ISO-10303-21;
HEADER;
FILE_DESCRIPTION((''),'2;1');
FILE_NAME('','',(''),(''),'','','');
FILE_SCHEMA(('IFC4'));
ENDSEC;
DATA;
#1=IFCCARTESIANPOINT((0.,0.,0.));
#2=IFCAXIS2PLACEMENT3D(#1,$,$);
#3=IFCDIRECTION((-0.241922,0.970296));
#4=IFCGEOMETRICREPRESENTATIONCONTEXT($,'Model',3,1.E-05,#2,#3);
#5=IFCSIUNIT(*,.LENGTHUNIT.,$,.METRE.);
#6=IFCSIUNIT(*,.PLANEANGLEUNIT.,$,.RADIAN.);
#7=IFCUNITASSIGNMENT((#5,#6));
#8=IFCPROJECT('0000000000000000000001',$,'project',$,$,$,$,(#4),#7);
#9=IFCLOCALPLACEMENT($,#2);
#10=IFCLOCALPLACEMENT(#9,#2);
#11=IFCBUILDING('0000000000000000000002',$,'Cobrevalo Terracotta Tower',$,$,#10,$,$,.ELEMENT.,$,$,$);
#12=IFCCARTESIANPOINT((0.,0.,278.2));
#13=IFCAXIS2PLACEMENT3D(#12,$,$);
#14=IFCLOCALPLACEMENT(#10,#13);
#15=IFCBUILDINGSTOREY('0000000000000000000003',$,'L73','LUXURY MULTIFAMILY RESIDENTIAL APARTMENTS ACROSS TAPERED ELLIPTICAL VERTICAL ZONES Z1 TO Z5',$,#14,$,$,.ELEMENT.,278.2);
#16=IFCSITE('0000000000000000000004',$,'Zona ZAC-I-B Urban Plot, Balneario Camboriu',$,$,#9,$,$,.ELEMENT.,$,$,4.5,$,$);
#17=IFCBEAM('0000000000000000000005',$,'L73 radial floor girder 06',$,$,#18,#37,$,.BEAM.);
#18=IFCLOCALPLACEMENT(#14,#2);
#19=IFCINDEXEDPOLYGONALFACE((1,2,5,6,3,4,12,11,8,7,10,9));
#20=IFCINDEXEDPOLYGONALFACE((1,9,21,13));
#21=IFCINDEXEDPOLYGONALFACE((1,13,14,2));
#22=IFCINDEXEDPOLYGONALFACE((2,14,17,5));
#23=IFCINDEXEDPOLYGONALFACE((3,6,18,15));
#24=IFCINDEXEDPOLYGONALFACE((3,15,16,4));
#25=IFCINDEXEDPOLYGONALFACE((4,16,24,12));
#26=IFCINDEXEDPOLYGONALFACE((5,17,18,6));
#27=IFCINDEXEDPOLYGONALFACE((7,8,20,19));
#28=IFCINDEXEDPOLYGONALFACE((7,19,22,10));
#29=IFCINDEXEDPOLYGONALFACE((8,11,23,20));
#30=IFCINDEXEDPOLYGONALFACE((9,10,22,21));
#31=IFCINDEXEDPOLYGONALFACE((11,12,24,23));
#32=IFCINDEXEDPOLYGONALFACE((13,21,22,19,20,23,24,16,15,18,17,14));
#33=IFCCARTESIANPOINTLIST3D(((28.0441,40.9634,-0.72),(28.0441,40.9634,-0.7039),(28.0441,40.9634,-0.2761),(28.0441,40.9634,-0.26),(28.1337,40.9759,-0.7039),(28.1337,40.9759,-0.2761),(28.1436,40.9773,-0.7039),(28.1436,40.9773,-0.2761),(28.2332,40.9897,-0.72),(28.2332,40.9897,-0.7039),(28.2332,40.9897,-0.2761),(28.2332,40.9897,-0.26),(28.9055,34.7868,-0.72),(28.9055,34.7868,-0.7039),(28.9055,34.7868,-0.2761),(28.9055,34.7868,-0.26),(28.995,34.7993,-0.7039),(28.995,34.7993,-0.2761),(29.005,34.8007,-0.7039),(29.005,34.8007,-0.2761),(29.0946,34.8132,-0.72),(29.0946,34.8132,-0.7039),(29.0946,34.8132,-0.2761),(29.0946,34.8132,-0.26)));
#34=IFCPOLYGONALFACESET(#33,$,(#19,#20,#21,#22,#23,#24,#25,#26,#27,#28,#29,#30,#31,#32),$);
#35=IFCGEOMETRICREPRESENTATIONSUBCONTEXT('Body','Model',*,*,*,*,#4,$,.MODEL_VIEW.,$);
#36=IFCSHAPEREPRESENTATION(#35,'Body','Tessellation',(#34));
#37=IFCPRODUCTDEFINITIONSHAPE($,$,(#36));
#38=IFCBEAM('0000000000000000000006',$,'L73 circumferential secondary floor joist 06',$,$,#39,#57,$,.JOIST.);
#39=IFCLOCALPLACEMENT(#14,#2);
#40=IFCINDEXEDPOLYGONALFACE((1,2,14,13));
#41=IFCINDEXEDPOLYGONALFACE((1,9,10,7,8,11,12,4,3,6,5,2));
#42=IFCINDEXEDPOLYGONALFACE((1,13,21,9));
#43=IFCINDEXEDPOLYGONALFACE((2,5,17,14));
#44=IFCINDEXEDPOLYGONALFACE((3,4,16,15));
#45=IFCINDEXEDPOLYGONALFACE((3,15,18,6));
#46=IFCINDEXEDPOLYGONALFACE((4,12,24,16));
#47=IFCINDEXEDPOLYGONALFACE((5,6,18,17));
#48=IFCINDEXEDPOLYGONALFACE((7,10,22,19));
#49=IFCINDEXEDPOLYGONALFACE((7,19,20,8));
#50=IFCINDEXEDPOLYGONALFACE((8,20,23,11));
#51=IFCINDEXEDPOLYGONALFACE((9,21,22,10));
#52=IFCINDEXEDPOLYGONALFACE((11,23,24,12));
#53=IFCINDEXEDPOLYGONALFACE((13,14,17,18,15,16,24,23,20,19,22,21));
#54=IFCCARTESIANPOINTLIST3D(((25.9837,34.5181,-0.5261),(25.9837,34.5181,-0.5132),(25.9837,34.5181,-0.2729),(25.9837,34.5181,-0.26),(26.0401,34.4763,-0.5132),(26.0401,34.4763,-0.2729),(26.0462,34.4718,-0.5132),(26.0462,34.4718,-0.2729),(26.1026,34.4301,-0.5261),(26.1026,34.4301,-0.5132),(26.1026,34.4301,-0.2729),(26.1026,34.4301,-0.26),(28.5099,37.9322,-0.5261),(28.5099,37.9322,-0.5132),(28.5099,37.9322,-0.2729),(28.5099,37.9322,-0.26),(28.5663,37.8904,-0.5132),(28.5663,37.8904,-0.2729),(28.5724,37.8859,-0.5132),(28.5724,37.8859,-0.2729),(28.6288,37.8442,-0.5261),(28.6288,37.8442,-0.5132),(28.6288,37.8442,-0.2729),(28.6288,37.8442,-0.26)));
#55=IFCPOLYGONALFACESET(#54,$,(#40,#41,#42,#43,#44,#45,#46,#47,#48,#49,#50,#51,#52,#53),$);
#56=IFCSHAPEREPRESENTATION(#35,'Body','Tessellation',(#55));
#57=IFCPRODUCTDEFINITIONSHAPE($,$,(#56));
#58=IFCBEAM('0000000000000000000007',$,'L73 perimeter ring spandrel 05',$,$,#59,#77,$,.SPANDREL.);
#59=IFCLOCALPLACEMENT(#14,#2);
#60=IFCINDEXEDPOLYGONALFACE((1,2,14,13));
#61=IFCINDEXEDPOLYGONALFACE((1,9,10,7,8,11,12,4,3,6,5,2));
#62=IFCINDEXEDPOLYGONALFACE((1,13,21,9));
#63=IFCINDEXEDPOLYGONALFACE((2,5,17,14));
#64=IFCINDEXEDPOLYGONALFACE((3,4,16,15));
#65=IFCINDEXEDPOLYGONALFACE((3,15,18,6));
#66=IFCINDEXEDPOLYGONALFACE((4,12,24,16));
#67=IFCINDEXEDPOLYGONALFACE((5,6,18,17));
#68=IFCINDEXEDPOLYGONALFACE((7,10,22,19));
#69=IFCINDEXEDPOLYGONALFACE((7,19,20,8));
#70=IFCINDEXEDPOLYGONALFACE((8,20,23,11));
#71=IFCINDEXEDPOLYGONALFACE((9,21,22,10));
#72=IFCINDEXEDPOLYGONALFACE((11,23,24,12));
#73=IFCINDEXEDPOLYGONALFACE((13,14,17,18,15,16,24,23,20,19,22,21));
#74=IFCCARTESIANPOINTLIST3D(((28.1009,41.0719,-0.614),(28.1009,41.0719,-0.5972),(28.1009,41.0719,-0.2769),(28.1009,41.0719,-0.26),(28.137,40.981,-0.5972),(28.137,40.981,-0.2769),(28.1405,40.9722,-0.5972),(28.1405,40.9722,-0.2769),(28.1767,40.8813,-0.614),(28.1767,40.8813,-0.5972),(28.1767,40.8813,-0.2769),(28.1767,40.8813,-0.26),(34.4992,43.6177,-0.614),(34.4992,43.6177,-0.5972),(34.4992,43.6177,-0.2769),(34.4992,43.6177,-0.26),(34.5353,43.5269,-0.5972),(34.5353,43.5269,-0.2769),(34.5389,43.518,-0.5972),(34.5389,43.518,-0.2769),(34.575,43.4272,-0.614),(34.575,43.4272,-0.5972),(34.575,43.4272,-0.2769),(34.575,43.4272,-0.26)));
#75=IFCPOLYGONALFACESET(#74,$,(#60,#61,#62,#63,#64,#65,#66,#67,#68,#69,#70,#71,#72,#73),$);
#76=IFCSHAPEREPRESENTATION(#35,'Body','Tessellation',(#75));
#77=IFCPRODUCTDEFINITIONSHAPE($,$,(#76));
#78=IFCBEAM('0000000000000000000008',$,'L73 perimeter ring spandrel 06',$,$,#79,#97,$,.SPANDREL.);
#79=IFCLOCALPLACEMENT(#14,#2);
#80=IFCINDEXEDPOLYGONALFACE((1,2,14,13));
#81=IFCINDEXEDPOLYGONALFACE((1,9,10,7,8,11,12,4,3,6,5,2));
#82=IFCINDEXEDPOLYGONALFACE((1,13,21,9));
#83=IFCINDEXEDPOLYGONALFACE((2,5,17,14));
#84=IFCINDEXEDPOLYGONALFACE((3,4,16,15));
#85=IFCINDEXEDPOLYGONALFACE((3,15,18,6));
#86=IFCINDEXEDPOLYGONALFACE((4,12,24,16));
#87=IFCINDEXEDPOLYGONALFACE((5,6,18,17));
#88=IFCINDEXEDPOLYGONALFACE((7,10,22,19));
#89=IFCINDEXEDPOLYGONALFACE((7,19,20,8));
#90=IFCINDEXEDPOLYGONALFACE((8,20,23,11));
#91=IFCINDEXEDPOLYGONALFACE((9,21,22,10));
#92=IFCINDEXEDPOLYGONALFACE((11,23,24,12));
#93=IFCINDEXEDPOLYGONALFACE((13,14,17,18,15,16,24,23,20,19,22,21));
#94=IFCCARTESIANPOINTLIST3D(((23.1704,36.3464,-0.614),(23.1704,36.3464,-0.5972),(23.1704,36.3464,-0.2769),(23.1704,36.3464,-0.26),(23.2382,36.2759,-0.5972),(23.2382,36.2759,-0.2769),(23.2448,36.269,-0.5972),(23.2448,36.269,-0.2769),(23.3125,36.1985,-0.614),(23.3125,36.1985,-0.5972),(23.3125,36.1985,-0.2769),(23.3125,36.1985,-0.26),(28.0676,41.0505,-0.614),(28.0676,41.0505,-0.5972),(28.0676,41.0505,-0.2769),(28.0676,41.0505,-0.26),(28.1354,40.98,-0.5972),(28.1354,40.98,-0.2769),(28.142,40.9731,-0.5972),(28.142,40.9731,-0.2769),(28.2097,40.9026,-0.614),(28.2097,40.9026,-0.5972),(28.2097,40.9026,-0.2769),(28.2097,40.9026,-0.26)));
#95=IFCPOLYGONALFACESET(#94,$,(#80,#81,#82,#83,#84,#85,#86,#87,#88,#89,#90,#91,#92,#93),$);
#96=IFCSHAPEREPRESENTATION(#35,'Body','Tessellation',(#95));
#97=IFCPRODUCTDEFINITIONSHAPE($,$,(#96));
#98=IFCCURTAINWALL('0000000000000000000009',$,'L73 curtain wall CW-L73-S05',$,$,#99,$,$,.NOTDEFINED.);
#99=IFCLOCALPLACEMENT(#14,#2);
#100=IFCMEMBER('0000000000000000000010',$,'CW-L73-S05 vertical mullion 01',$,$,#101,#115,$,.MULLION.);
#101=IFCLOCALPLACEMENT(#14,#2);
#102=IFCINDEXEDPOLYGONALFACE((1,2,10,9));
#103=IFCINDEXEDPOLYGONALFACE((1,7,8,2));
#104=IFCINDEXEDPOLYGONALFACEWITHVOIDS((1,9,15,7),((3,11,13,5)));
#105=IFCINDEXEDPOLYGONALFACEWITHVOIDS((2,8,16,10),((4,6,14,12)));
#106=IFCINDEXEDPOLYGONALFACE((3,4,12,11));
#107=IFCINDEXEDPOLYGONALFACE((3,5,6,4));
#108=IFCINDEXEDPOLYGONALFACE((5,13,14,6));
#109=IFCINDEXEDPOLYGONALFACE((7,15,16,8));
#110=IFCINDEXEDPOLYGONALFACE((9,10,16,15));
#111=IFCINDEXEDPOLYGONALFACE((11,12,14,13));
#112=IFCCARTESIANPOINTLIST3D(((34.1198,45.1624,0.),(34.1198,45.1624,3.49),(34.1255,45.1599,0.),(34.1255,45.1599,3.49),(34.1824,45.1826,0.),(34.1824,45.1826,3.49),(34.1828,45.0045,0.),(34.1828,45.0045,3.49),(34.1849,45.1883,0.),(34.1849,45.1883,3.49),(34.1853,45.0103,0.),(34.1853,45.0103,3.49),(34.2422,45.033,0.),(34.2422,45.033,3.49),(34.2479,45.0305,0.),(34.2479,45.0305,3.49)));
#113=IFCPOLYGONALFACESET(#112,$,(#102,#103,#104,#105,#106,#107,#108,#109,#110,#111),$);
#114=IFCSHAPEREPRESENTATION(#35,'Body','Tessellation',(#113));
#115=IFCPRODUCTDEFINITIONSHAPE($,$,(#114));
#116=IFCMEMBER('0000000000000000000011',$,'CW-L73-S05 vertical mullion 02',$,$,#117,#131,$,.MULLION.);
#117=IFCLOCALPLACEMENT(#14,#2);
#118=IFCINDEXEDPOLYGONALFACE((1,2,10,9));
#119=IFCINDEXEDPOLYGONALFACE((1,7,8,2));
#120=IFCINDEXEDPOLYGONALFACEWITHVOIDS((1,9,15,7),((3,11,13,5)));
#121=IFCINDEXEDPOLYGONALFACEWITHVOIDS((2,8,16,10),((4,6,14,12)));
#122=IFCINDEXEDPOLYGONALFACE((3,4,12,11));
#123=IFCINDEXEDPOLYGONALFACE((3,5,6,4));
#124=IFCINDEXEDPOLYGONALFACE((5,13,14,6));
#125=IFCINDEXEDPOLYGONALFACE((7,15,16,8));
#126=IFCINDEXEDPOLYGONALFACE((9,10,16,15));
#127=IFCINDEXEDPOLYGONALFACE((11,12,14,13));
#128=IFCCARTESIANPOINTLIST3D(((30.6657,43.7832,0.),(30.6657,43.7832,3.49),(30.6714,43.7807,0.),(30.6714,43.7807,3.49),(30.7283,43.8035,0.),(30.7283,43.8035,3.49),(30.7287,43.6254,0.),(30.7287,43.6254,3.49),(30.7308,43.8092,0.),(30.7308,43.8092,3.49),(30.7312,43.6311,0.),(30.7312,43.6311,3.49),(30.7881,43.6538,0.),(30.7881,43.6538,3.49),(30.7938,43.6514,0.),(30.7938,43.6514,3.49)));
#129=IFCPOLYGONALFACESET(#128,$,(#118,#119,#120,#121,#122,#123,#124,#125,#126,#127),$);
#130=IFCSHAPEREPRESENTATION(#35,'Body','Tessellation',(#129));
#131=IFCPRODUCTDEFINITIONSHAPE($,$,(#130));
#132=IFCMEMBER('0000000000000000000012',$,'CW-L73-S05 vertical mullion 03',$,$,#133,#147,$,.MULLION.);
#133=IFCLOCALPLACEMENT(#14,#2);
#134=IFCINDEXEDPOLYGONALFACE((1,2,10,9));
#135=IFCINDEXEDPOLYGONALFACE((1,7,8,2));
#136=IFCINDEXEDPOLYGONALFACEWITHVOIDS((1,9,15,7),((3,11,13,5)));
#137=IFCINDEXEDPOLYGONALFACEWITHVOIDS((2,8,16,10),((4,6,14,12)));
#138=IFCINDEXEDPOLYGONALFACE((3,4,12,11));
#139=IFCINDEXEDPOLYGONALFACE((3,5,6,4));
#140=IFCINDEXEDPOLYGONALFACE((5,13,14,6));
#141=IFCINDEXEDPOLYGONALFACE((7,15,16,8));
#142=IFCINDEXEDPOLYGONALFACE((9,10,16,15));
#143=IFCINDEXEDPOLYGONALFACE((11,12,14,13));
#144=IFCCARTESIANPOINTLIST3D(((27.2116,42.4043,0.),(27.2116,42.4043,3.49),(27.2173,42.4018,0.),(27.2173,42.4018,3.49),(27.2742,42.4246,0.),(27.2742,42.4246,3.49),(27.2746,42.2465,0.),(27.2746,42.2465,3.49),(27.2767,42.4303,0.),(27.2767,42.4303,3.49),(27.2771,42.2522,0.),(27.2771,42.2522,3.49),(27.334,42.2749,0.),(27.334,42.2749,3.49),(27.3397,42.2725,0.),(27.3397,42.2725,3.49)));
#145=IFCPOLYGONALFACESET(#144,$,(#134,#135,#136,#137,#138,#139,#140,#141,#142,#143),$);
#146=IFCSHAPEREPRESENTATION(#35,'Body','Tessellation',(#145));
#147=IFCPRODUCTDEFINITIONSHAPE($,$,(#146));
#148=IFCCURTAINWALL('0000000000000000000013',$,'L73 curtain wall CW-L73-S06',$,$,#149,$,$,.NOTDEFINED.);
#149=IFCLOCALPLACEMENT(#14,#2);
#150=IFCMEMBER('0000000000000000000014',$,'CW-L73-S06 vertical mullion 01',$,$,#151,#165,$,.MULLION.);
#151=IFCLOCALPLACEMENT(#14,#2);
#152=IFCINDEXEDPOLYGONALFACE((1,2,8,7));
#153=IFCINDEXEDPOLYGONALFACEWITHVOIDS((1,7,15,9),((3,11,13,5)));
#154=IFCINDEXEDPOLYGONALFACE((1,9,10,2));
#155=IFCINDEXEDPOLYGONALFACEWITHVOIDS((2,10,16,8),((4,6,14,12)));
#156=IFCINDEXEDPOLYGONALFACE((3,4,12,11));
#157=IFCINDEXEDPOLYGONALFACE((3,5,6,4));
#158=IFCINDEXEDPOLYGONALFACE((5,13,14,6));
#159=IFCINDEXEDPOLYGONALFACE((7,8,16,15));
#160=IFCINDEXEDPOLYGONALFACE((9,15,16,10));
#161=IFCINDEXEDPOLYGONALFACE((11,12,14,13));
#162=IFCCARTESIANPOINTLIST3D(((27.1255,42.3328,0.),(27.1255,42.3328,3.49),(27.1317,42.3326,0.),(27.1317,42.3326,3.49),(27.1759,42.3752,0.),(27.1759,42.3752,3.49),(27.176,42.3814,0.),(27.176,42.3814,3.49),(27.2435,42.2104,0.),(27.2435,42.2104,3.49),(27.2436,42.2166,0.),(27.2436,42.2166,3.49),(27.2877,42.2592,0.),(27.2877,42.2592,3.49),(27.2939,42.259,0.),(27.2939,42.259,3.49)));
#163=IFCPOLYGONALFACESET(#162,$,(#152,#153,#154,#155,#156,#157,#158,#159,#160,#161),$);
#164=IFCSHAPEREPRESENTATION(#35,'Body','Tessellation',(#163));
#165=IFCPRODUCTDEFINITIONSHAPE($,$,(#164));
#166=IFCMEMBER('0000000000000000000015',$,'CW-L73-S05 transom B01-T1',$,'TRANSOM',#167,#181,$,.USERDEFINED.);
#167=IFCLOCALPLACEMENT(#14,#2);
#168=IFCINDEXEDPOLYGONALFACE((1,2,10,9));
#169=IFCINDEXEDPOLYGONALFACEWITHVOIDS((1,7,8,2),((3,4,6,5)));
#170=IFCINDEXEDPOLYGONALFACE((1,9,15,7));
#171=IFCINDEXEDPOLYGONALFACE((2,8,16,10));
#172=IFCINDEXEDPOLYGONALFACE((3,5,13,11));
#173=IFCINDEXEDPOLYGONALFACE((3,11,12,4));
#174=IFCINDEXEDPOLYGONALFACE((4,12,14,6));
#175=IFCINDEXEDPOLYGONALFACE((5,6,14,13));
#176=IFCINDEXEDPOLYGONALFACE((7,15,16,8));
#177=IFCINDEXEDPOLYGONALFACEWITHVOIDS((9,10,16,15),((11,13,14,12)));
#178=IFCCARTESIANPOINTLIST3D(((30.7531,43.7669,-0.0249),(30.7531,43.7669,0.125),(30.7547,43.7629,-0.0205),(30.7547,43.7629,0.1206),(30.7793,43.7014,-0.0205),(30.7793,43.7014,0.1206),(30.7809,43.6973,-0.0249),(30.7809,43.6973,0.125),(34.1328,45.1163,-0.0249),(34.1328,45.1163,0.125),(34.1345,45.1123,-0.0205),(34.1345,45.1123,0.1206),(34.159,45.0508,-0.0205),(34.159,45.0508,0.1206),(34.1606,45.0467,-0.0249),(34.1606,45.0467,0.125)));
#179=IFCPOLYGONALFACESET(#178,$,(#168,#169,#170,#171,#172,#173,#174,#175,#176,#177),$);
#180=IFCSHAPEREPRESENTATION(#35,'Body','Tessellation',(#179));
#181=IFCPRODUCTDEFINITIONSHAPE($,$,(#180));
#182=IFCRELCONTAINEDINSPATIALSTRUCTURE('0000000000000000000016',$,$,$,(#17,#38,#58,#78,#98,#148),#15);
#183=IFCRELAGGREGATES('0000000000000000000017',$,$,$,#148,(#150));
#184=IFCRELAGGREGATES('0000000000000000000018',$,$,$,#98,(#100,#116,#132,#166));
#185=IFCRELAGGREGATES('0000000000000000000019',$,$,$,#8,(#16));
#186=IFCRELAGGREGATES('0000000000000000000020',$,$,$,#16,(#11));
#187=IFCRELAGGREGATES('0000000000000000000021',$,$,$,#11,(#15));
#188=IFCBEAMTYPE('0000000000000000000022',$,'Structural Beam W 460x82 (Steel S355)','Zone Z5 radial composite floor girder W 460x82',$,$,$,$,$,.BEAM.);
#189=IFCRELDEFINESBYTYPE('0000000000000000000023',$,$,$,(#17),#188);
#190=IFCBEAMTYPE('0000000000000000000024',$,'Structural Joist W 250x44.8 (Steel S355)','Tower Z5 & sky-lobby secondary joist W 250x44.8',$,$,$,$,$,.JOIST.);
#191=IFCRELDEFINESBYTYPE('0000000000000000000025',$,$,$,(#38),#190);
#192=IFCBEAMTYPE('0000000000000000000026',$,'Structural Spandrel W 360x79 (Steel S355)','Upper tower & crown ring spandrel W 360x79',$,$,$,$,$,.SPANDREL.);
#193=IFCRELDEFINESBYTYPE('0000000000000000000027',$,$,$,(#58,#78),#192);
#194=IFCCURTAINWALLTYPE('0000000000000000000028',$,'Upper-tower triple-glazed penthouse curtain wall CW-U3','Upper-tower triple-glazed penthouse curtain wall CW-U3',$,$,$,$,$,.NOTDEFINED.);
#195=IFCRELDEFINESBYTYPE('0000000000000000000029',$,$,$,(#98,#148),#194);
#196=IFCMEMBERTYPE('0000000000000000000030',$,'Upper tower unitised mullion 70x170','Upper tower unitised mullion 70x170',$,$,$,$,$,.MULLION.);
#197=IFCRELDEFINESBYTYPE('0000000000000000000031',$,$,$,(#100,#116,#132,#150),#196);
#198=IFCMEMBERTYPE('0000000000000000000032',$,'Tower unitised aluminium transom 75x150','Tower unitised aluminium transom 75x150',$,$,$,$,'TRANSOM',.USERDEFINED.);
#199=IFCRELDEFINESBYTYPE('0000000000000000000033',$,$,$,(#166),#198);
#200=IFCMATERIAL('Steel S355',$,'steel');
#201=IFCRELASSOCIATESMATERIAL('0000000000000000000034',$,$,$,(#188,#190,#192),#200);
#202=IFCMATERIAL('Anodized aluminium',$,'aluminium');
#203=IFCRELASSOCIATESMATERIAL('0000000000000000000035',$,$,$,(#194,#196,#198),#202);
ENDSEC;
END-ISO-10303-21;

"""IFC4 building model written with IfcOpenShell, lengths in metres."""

from ifc_helpers import new_model, si_unit, direction, frame, origin, origin_2d, place, context, subcontext, project, spatial, hollow_rectangle, i_section, extrude, source, transform, mapped, material, material_profile, profile_set, type_object, element, aggregate, save


model = new_model("IFC4")

# Units and contexts
model_context = context("Model", 3, precision=1e-05, world=origin(), true_north=direction((-0.241922, 0.970296)))
body_context = subcontext(model_context, "Body", "Model", "MODEL_VIEW")
ifc_project = project(units=[si_unit("LENGTHUNIT", "METRE"), si_unit("PLANEANGLEUNIT", "RADIAN")], contexts=[model_context])

# Site, building, storey
site_placement = place(None, origin())
site = spatial("IfcSite", under=ifc_project, at=site_placement, Name="Zona ZAC-I-B Urban Plot, Balneario Camboriu", CompositionType="ELEMENT", RefElevation=4.5)
building_placement = place(site_placement, origin())
building = spatial("IfcBuilding", under=site, at=building_placement, Name="Cobrevalo Terracotta Tower", CompositionType="ELEMENT")
storey_placement = place(building_placement, frame((0.0, 0.0, 278.2)))
storey = spatial("IfcBuildingStorey", under=building, at=storey_placement, Name="L73", Description="LUXURY MULTIFAMILY RESIDENTIAL APARTMENTS ACROSS TAPERED ELLIPTICAL VERTICAL ZONES Z1 TO Z5", CompositionType="ELEMENT", Elevation=278.2)

# Shared definitions
ifc_material_1 = material(Name="Steel S355", Category="steel")

# Beams
ifc_material_profile_1 = material_profile(ifc_material_1, i_section(OverallWidth=0.1909, OverallDepth=0.46, WebThickness=0.01, FlangeThickness=0.0161, at=origin_2d()), Name="W 460x82")
ifc_profile_set_1 = profile_set([ifc_material_profile_1], Name="Steel S355")
beam_type_1 = type_object("IfcBeamType", Name="Structural Beam W 460x82 (Steel S355)", Description="Zone Z5 radial composite floor girder W 460x82", PredefinedType="BEAM", material=ifc_profile_set_1)
beam_1_placement = place(storey_placement, frame((28.1387, 40.9766, -0.49), z_axis=(0.138116, -0.990416, 0.0), x_axis=(0.990416, 0.138116, 0.0)))
element("IfcBeam", 1, at=beam_1_placement, inside=storey, type_object=beam_type_1, Name="L73 radial floor girder 06", PredefinedType="BEAM", context=body_context, shape_type="SweptSolid", body=[
    extrude(i_section(OverallWidth=0.1909, OverallDepth=0.46, WebThickness=0.01, FlangeThickness=0.0161, at=origin_2d()), origin(), (0.0, 0.0, 1.0), 6.2363),
])
ifc_material_profile_2 = material_profile(ifc_material_1, i_section(OverallWidth=0.1479, OverallDepth=0.2661, WebThickness=0.0076, FlangeThickness=0.0129, at=origin_2d()), Name="W 250x44.8")
ifc_profile_set_2 = profile_set([ifc_material_profile_2], Name="Steel S355")
beam_type_2 = type_object("IfcBeamType", Name="Structural Joist W 250x44.8 (Steel S355)", Description="Tower Z5 & sky-lobby secondary joist W 250x44.8", PredefinedType="JOIST", material=ifc_profile_set_2)
beam_2_placement = place(storey_placement, frame((28.5693, 37.8882, -0.3931), z_axis=(-0.5948, -0.803874, 0.0), x_axis=(0.803874, -0.5948, 0.0)))
element("IfcBeam", 2, at=beam_2_placement, inside=storey, type_object=beam_type_2, Name="L73 circumferential secondary floor joist 06", PredefinedType="JOIST", context=body_context, shape_type="SweptSolid", body=[
    extrude(i_section(OverallWidth=0.1479, OverallDepth=0.2661, WebThickness=0.0076, FlangeThickness=0.0129, at=origin_2d()), origin(), (0.0, 0.0, 1.0), 4.2471),
])
ifc_material_profile_3 = material_profile(ifc_material_1, i_section(OverallWidth=0.2051, OverallDepth=0.354, WebThickness=0.0095, FlangeThickness=0.0168, at=origin_2d()), Name="W 360x79")
ifc_profile_set_3 = profile_set([ifc_material_profile_3], Name="Steel S355")
beam_type_3 = type_object("IfcBeamType", Name="Structural Spandrel W 360x79 (Steel S355)", Description="Upper tower & crown ring spandrel W 360x79", PredefinedType="SPANDREL", material=ifc_profile_set_3)
beam_3_placement = place(storey_placement, frame((34.5371, 43.5225, -0.437), z_axis=(-0.92915, -0.369703, 0.0), x_axis=(0.369703, -0.92915, 0.0)))
element("IfcBeam", 3, at=beam_3_placement, inside=storey, type_object=beam_type_3, Name="L73 perimeter ring spandrel 05", PredefinedType="SPANDREL", context=body_context, shape_type="SweptSolid", body=[
    extrude(i_section(OverallWidth=0.2051, OverallDepth=0.354, WebThickness=0.0095, FlangeThickness=0.0168, at=origin_2d()), origin(), (0.0, 0.0, 1.0), 6.8862),
])
beam_4_placement = place(storey_placement, frame((28.1387, 40.9766, -0.437), z_axis=(-0.721183, -0.692744, 0.0), x_axis=(0.692744, -0.721183, 0.0)))
element("IfcBeam", 4, at=beam_4_placement, inside=storey, type_object=beam_type_3, Name="L73 perimeter ring spandrel 06", PredefinedType="SPANDREL", context=body_context, shape_type="SweptSolid", body=[
    extrude(i_section(OverallWidth=0.2051, OverallDepth=0.354, WebThickness=0.0095, FlangeThickness=0.0168, at=origin_2d()), origin(), (0.0, 0.0, 1.0), 6.7905),
])

# Curtain wall, members
ifc_material_2 = material(Name="Anodized aluminium", Category="aluminium")
curtain_wall_type = type_object("IfcCurtainWallType", Name="Upper-tower triple-glazed penthouse curtain wall CW-U3", Description="Upper-tower triple-glazed penthouse curtain wall CW-U3", PredefinedType="NOTDEFINED", material=ifc_material_2)
curtain_wall_1_placement = place(storey_placement, origin())
curtain_wall_1 = element("IfcCurtainWall", 5, at=curtain_wall_1_placement, inside=storey, type_object=curtain_wall_type, Name="L73 curtain wall CW-L73-S05", PredefinedType="NOTDEFINED")
ifc_material_profile_4 = material_profile(ifc_material_2, hollow_rectangle(XDim=0.0701, YDim=0.1699, WallThickness=0.0044, at=origin_2d()), Name="CWM 70x170")
ifc_profile_set_4 = profile_set([ifc_material_profile_4], Name="Anodized aluminium")
member_type_1 = type_object("IfcMemberType", Name="Upper tower unitised mullion 70x170", Description="Upper tower unitised mullion 70x170", PredefinedType="MULLION", material=ifc_profile_set_4)
shared_shape_1 = source(origin(), body_context, "Body", "SweptSolid", [
    extrude(hollow_rectangle(XDim=0.0701, YDim=0.1699, WallThickness=0.0044, at=origin_2d()), origin(), (0.0, 0.0, 1.0), 3.49),
])
member_1_placement = place(storey_placement, frame((34.1838, 45.0964, 0.0), z_axis=(0.0, 0.0, 1.0), x_axis=(-0.928719, -0.370784, 0.0)))
member_1 = element("IfcMember", 6, at=member_1_placement, type_object=member_type_1, Name="CW-L73-S05 vertical mullion 01", PredefinedType="MULLION", context=body_context, shape_type="MappedRepresentation", body=[
    mapped(shared_shape_1, transform((0.0, 0.0, 0.0), scale=1.0)),
])
member_2_placement = place(storey_placement, frame((30.7297, 43.7173, 0.0), z_axis=(0.0, 0.0, 1.0), x_axis=(-0.928719, -0.370784, 0.0)))
member_2 = element("IfcMember", 7, at=member_2_placement, type_object=member_type_1, Name="CW-L73-S05 vertical mullion 02", PredefinedType="MULLION", context=body_context, shape_type="MappedRepresentation", body=[
    mapped(shared_shape_1, transform((0.0, 0.0, 0.0), scale=1.0)),
])
member_3_placement = place(storey_placement, frame((27.2756, 42.3384, 0.0), z_axis=(0.0, 0.0, 1.0), x_axis=(-0.928719, -0.370784, 0.0)))
member_3 = element("IfcMember", 8, at=member_3_placement, type_object=member_type_1, Name="CW-L73-S05 vertical mullion 03", PredefinedType="MULLION", context=body_context, shape_type="MappedRepresentation", body=[
    mapped(shared_shape_1, transform((0.0, 0.0, 0.0), scale=1.0)),
])

# Curtain wall, member
curtain_wall_2_placement = place(storey_placement, origin())
curtain_wall_2 = element("IfcCurtainWall", 9, at=curtain_wall_2_placement, inside=storey, type_object=curtain_wall_type, Name="L73 curtain wall CW-L73-S06", PredefinedType="NOTDEFINED")
member_4_placement = place(storey_placement, frame((27.2097, 42.2959, 0.0), z_axis=(0.0, 0.0, 1.0), x_axis=(-0.719994, -0.69398, 0.0)))
member_4 = element("IfcMember", 10, at=member_4_placement, type_object=member_type_1, Name="CW-L73-S06 vertical mullion 01", PredefinedType="MULLION", context=body_context, shape_type="MappedRepresentation", body=[
    mapped(shared_shape_1, transform((0.0, 0.0, 0.0), scale=1.0)),
])
aggregate(curtain_wall_2, [member_4])

# Member
ifc_material_profile_5 = material_profile(ifc_material_2, hollow_rectangle(XDim=0.075, YDim=0.1499, WallThickness=0.0044, at=origin_2d()), Name="CWT 75x150")
ifc_profile_set_5 = profile_set([ifc_material_profile_5], Name="Anodized aluminium")
member_type_2 = type_object("IfcMemberType", Name="Tower unitised aluminium transom 75x150", Description="Tower unitised aluminium transom 75x150", ElementType="TRANSOM", PredefinedType="USERDEFINED", material=ifc_profile_set_5)
shared_shape_2 = source(origin(), body_context, "Body", "SweptSolid", [
    extrude(hollow_rectangle(XDim=0.075, YDim=0.1499, WallThickness=0.0044, at=origin_2d()), origin(), (0.0, 0.0, 1.0), 3.6392),
])
member_5_placement = place(storey_placement, frame((34.1467, 45.0815, 0.05), z_axis=(-0.928712, -0.370801, 0.0), x_axis=(0.370801, -0.928712, 0.0)))
member_5 = element("IfcMember", 11, at=member_5_placement, type_object=member_type_2, Name="CW-L73-S05 transom B01-T1", ObjectType="TRANSOM", PredefinedType="USERDEFINED", context=body_context, shape_type="MappedRepresentation", body=[
    mapped(shared_shape_2, transform((0.0, 0.0, 0.0), scale=1.0)),
])

aggregate(curtain_wall_1, [member_1, member_2, member_3, member_5])

save(model, "model.ifc")
